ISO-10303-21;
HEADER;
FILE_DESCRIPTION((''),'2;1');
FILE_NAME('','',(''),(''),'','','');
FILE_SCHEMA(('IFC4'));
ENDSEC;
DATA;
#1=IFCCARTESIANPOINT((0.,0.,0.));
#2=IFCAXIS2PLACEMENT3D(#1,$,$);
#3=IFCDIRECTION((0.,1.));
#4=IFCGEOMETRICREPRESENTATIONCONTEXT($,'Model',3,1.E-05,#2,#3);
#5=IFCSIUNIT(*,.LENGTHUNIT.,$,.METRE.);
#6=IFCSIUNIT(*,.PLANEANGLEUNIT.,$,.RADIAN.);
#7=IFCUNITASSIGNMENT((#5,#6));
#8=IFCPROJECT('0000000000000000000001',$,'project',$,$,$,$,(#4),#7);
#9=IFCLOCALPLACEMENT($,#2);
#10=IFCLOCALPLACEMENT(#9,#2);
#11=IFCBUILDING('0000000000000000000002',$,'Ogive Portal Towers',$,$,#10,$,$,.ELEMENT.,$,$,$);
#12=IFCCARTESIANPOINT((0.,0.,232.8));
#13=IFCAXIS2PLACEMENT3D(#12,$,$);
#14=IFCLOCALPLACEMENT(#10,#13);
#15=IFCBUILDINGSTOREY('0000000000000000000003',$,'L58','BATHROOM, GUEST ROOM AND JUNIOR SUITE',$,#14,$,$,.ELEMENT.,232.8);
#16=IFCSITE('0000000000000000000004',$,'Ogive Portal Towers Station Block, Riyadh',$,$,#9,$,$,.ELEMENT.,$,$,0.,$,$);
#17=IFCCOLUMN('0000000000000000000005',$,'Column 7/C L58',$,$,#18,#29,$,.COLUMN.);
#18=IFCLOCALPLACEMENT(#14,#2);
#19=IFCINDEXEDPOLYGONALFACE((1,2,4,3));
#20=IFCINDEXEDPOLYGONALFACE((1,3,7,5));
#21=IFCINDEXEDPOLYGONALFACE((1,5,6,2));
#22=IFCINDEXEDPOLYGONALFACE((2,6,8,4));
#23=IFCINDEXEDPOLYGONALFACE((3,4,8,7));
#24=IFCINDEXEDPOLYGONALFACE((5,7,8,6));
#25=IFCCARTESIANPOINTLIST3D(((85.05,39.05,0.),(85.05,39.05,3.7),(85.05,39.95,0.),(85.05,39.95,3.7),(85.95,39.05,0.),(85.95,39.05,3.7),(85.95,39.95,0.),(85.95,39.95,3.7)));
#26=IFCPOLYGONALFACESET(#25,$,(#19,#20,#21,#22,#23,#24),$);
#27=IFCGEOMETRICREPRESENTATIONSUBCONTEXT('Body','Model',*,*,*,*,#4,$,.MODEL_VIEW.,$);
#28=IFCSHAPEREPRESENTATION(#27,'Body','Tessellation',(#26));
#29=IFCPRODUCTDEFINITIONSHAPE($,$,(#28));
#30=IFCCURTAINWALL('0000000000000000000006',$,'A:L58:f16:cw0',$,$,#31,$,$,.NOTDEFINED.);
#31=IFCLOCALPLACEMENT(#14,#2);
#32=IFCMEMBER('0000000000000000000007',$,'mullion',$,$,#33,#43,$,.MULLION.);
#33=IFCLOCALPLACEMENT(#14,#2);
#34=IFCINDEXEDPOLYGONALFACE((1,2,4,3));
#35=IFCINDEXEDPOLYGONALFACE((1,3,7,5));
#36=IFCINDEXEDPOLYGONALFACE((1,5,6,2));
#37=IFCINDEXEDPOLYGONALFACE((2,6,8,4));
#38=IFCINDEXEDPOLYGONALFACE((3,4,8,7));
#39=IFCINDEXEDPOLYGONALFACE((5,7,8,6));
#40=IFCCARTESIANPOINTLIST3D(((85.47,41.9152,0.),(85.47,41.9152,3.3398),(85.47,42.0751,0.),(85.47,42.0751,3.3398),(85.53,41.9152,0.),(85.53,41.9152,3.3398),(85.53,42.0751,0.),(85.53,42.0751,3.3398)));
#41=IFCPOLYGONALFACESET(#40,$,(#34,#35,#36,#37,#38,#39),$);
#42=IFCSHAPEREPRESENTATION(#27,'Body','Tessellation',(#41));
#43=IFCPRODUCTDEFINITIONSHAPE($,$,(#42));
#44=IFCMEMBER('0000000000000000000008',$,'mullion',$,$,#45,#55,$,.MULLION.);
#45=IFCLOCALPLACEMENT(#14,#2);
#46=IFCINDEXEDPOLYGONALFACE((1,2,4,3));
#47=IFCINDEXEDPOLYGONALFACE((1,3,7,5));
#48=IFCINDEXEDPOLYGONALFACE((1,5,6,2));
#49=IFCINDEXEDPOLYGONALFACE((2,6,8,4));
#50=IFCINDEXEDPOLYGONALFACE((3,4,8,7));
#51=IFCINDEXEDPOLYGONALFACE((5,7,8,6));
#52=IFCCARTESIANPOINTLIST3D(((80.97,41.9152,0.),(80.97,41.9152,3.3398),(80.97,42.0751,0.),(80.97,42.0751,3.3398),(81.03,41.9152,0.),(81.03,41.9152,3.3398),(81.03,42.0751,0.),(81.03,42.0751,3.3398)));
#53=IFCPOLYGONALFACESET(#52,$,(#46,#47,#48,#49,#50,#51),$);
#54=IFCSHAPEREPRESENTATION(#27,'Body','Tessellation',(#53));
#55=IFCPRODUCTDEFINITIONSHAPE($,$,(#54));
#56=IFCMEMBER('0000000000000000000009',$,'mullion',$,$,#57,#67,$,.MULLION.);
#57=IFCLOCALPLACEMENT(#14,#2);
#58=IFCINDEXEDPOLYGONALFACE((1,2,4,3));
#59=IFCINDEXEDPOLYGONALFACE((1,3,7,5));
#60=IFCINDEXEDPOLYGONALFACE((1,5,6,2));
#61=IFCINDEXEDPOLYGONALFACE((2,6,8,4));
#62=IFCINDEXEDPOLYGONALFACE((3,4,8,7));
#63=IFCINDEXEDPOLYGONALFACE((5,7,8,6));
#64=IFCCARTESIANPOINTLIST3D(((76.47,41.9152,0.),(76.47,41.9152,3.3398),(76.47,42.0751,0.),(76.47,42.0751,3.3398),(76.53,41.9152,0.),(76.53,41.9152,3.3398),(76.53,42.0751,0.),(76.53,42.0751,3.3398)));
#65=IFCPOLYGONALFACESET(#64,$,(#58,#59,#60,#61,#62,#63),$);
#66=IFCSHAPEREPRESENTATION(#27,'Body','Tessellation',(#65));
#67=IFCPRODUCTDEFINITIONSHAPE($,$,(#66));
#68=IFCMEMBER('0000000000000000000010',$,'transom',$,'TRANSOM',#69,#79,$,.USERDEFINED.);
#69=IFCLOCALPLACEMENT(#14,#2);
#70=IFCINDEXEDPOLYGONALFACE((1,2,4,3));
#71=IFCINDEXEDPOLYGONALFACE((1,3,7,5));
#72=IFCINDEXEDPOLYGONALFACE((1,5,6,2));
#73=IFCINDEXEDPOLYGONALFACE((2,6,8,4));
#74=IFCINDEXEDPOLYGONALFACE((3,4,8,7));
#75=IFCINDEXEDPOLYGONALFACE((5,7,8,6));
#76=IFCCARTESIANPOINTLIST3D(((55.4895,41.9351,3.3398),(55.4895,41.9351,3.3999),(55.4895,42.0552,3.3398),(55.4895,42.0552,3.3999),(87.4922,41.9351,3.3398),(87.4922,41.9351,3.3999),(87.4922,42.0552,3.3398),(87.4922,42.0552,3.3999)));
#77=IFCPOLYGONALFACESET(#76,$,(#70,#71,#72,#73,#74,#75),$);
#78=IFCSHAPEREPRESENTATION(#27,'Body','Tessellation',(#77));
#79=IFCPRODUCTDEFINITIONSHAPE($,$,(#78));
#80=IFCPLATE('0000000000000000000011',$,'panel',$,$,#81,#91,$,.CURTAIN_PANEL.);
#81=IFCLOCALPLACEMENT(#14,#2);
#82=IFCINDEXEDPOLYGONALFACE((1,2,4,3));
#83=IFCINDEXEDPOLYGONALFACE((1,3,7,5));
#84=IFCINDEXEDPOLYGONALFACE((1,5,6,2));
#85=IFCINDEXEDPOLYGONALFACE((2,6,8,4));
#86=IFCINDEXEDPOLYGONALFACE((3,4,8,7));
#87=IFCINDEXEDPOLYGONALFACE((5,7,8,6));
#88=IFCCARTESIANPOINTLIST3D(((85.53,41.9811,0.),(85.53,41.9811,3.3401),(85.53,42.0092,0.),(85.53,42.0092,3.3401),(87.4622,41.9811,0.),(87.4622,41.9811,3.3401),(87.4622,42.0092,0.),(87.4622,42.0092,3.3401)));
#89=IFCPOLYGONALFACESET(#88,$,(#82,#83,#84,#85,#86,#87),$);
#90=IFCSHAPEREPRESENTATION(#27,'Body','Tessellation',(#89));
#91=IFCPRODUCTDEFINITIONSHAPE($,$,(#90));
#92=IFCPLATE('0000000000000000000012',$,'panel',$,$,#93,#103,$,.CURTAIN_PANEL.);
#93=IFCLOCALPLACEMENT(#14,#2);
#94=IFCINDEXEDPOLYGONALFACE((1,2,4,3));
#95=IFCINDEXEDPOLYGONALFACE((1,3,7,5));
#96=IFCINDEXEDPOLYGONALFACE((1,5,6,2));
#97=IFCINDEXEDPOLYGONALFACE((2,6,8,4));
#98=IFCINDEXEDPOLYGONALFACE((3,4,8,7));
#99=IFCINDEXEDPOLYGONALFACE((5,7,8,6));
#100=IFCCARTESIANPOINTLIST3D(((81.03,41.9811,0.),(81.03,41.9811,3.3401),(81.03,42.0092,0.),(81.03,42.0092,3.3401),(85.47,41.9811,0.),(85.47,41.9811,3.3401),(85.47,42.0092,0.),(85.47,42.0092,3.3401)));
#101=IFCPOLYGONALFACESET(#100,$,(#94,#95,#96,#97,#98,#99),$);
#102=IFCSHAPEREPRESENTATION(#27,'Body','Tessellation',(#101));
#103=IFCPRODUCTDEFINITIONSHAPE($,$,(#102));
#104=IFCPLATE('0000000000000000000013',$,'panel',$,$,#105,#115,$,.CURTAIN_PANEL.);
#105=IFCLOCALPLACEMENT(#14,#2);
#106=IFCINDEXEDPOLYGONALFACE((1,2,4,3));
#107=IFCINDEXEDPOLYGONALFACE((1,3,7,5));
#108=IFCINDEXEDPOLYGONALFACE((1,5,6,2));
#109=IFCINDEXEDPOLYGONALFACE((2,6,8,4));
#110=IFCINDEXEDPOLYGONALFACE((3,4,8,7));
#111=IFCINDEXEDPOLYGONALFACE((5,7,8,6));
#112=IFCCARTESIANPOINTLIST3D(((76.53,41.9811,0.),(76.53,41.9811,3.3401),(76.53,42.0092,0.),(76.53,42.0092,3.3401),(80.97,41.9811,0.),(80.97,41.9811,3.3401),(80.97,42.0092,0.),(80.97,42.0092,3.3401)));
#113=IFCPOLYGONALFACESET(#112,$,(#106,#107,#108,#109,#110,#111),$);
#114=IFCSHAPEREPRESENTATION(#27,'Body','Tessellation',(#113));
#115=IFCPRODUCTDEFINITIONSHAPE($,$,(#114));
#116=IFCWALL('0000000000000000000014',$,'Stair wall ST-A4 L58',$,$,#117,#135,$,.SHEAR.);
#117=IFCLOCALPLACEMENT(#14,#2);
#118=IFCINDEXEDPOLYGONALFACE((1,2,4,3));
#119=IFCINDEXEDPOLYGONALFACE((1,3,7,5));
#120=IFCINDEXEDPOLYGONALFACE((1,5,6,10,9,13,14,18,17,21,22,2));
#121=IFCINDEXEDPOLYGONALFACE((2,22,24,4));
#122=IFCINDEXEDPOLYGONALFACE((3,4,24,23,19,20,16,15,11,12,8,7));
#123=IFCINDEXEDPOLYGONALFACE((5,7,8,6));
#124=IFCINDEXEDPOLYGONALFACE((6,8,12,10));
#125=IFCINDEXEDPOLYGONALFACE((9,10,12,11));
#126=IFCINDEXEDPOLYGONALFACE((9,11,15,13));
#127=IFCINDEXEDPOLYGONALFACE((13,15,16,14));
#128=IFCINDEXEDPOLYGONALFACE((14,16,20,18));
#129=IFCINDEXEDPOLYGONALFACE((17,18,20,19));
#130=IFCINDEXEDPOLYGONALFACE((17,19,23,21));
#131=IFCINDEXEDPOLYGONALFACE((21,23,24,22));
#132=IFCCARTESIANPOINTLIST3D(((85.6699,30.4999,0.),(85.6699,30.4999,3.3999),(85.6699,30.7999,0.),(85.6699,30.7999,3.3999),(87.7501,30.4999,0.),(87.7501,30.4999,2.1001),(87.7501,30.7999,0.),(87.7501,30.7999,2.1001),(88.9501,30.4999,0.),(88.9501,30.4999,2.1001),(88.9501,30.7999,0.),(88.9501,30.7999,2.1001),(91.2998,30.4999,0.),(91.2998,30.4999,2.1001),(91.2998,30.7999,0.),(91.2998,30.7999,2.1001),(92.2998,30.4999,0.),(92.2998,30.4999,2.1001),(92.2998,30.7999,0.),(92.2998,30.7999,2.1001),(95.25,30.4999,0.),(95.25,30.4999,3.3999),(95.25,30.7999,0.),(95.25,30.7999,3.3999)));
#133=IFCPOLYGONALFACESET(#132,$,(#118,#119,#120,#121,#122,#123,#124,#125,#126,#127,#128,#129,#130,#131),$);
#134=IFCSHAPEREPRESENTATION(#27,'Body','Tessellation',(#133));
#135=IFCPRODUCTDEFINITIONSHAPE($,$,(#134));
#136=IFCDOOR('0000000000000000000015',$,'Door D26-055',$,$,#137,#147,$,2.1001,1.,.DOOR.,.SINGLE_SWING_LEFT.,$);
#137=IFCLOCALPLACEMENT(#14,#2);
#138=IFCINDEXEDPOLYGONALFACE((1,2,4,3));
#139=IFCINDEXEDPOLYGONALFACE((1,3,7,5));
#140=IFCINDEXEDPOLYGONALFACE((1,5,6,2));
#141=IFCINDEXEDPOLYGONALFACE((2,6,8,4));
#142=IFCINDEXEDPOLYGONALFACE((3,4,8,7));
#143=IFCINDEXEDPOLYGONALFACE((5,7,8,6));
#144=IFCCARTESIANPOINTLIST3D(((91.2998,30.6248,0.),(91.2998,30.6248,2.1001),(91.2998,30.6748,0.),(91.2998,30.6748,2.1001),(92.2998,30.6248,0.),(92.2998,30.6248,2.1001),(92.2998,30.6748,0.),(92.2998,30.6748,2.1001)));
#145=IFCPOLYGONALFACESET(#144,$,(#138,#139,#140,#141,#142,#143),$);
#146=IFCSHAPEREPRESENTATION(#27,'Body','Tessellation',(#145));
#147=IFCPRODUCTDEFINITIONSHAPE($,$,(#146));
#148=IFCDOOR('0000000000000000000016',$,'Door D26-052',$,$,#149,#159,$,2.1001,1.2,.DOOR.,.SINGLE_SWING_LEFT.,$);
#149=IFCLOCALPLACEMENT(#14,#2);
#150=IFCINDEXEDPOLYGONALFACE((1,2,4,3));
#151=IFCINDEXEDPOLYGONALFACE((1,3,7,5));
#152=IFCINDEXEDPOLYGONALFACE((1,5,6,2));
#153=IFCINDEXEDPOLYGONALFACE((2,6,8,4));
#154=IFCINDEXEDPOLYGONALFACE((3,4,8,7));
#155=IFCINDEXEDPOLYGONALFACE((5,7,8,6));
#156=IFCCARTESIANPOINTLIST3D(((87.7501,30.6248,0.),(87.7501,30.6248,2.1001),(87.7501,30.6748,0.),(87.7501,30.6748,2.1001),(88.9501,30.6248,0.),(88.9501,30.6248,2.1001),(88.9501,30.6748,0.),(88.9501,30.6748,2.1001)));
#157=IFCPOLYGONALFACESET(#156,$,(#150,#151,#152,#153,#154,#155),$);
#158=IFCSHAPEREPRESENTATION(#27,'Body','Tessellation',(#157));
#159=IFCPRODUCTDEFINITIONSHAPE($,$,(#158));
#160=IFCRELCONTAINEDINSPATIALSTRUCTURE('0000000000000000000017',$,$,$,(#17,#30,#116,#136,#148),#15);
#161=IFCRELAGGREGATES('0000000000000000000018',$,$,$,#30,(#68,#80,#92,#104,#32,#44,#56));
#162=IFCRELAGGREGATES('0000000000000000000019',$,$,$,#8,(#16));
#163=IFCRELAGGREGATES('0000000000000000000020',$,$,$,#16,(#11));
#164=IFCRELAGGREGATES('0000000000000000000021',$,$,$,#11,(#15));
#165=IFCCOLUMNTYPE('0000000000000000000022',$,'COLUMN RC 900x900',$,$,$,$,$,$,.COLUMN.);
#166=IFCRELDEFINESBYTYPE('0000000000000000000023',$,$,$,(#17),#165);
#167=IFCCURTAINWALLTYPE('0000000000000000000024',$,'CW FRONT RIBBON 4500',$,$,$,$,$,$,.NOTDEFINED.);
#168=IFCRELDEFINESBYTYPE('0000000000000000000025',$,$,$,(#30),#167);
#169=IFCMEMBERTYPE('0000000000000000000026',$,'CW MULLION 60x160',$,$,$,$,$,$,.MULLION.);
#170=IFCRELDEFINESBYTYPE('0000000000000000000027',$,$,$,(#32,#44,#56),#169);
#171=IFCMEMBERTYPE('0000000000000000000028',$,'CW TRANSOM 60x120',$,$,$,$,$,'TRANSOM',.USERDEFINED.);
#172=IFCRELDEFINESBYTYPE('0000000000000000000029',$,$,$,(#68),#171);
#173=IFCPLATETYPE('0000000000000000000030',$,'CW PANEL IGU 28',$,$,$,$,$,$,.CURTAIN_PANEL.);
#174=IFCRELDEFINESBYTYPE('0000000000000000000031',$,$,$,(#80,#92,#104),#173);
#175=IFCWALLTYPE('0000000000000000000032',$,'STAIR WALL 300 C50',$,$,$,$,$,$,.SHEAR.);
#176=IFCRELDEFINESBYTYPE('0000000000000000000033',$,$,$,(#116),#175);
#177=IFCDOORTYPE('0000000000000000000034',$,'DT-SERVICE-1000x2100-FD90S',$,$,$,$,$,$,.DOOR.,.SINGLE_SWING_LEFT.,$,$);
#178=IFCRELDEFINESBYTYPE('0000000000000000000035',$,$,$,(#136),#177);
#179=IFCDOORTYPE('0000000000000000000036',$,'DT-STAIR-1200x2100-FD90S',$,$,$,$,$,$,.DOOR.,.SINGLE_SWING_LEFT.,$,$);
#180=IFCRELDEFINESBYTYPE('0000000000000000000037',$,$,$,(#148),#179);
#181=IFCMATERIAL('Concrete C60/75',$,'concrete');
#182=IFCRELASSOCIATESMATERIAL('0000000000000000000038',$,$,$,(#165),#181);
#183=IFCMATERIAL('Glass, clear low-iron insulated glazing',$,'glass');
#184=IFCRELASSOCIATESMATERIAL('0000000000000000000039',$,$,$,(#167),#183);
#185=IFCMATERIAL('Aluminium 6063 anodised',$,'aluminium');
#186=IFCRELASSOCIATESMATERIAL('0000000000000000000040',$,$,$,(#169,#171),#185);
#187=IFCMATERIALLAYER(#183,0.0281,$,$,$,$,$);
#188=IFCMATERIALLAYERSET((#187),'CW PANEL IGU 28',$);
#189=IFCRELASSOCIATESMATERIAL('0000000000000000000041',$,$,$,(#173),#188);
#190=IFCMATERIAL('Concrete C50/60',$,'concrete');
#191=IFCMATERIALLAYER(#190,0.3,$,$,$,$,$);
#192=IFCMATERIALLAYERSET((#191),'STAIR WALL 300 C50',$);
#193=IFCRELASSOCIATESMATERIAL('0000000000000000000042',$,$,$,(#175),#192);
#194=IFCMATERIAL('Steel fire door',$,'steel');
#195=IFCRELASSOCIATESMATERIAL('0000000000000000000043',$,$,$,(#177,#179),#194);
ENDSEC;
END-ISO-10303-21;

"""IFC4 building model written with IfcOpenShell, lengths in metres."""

from ifc_helpers import new_model, si_unit, direction, frame, frame_2d, origin, origin_2d, place, context, subcontext, project, spatial, rectangle, extrude, material, layer, layer_set, material_profile, profile_set, type_object, element, fill, aggregate, save


model = new_model("IFC4")

# Units and contexts
model_context = context("Model", 3, precision=1e-05, world=origin(), true_north=direction((0.0, 1.0)))
body_context = subcontext(model_context, "Body", "Model", "MODEL_VIEW")
ifc_project = project(units=[si_unit("LENGTHUNIT", "METRE"), si_unit("PLANEANGLEUNIT", "RADIAN")], contexts=[model_context])

# Site, building, storey
site_placement = place(None, origin())
site = spatial("IfcSite", under=ifc_project, at=site_placement, Name="Ogive Portal Towers Station Block, Riyadh", CompositionType="ELEMENT", RefElevation=0.0)
building_placement = place(site_placement, origin())
building = spatial("IfcBuilding", under=site, at=building_placement, Name="Ogive Portal Towers", CompositionType="ELEMENT")
storey_placement = place(building_placement, frame((0.0, 0.0, 232.8)))
storey = spatial("IfcBuildingStorey", under=building, at=storey_placement, Name="L58", Description="BATHROOM, GUEST ROOM AND JUNIOR SUITE", CompositionType="ELEMENT", Elevation=232.8)

# Column
ifc_material_1 = material(Name="Concrete C60/75", Category="concrete")
ifc_material_profile_1 = material_profile(ifc_material_1, rectangle(XDim=0.8999, YDim=0.8999, at=origin_2d()), Name="RC 900x900")
ifc_profile_set_1 = profile_set([ifc_material_profile_1], Name="Concrete C60/75")
column_type = type_object("IfcColumnType", Name="COLUMN RC 900x900", PredefinedType="COLUMN", material=ifc_profile_set_1)
column_placement = place(storey_placement, frame((85.5, 39.5, 0.0), z_axis=(0.0, 0.0, 1.0), x_axis=(1.0, 0.0, 0.0)))
element("IfcColumn", 1, at=column_placement, inside=storey, type_object=column_type, Name="Column 7/C L58", PredefinedType="COLUMN", context=body_context, shape_type="SweptSolid", body=[
    extrude(rectangle(XDim=0.8999, YDim=0.8999, at=origin_2d()), origin(), (0.0, 0.0, 1.0), 3.7),
])

# Curtain wall, members, plates
ifc_material_2 = material(Name="Glass, clear low-iron insulated glazing", Category="glass")
curtain_wall_type = type_object("IfcCurtainWallType", Name="CW FRONT RIBBON 4500", PredefinedType="NOTDEFINED", material=ifc_material_2)
curtain_wall_placement = place(storey_placement, origin())
curtain_wall = element("IfcCurtainWall", 2, at=curtain_wall_placement, inside=storey, type_object=curtain_wall_type, Name="A:L58:f16:cw0", PredefinedType="NOTDEFINED")
ifc_material_3 = material(Name="Aluminium 6063 anodised", Category="aluminium")
ifc_material_profile_2 = material_profile(ifc_material_3, rectangle(XDim=0.1599, YDim=0.0601, at=origin_2d()), Name="AL 60x160")
ifc_profile_set_2 = profile_set([ifc_material_profile_2], Name="Aluminium 6063 anodised")
member_type_1 = type_object("IfcMemberType", Name="CW MULLION 60x160", PredefinedType="MULLION", material=ifc_profile_set_2)
member_1_placement = place(storey_placement, frame((85.5, 41.9951, 0.0), z_axis=(0.0, 0.0, 1.0), x_axis=(0.0, -1.0, 0.0)))
member_1 = element("IfcMember", 3, at=member_1_placement, type_object=member_type_1, Name="mullion", PredefinedType="MULLION", context=body_context, shape_type="SweptSolid", body=[
    extrude(rectangle(XDim=0.1599, YDim=0.0601, at=origin_2d()), origin(), (0.0, 0.0, 1.0), 3.3398),
])
member_2_placement = place(storey_placement, frame((81.0, 41.9951, 0.0), z_axis=(0.0, 0.0, 1.0), x_axis=(0.0, -1.0, 0.0)))
member_2 = element("IfcMember", 4, at=member_2_placement, type_object=member_type_1, Name="mullion", PredefinedType="MULLION", context=body_context, shape_type="SweptSolid", body=[
    extrude(rectangle(XDim=0.1599, YDim=0.0601, at=origin_2d()), origin(), (0.0, 0.0, 1.0), 3.3398),
])
member_3_placement = place(storey_placement, frame((76.5, 41.9951, 0.0), z_axis=(0.0, 0.0, 1.0), x_axis=(0.0, -1.0, 0.0)))
member_3 = element("IfcMember", 5, at=member_3_placement, type_object=member_type_1, Name="mullion", PredefinedType="MULLION", context=body_context, shape_type="SweptSolid", body=[
    extrude(rectangle(XDim=0.1599, YDim=0.0601, at=origin_2d()), origin(), (0.0, 0.0, 1.0), 3.3398),
])
ifc_material_profile_3 = material_profile(ifc_material_3, rectangle(XDim=0.1201, YDim=0.0601, at=origin_2d()), Name="AL 120x60")
ifc_profile_set_3 = profile_set([ifc_material_profile_3], Name="Aluminium 6063 anodised")
member_type_2 = type_object("IfcMemberType", Name="CW TRANSOM 60x120", ElementType="TRANSOM", PredefinedType="USERDEFINED", material=ifc_profile_set_3)
member_4_placement = place(storey_placement, frame((87.4922, 41.9951, 3.3699), z_axis=(-1.0, 0.0, 0.0), x_axis=(0.0, -1.0, 0.0)))
member_4 = element("IfcMember", 6, at=member_4_placement, type_object=member_type_2, Name="transom", ObjectType="TRANSOM", PredefinedType="USERDEFINED", context=body_context, shape_type="SweptSolid", body=[
    extrude(rectangle(XDim=0.1201, YDim=0.0601, at=origin_2d()), origin(), (0.0, 0.0, 1.0), 32.0027),
])
ifc_layer_1 = layer(ifc_material_2, 0.0281)
ifc_layer_set_1 = layer_set([ifc_layer_1], Name="CW PANEL IGU 28")
plate_type = type_object("IfcPlateType", Name="CW PANEL IGU 28", PredefinedType="CURTAIN_PANEL", material=ifc_layer_set_1)
plate_1_placement = place(storey_placement, frame((86.4961, 41.9951, 0.0), z_axis=(0.0, 0.0, 1.0), x_axis=(-1.0, 0.0, 0.0)))
plate_1 = element("IfcPlate", 7, at=plate_1_placement, type_object=plate_type, Name="panel", PredefinedType="CURTAIN_PANEL", context=body_context, shape_type="SweptSolid", body=[
    extrude(rectangle(XDim=1.9321, YDim=0.0281, at=origin_2d()), origin(), (0.0, 0.0, 1.0), 3.3401),
])
plate_2_placement = place(storey_placement, frame((83.25, 41.9951, 0.0), z_axis=(0.0, 0.0, 1.0), x_axis=(-1.0, 0.0, 0.0)))
plate_2 = element("IfcPlate", 8, at=plate_2_placement, type_object=plate_type, Name="panel", PredefinedType="CURTAIN_PANEL", context=body_context, shape_type="SweptSolid", body=[
    extrude(rectangle(XDim=4.4399, YDim=0.0281, at=origin_2d()), origin(), (0.0, 0.0, 1.0), 3.3401),
])
plate_3_placement = place(storey_placement, frame((78.75, 41.9951, 0.0), z_axis=(0.0, 0.0, 1.0), x_axis=(-1.0, 0.0, 0.0)))
plate_3 = element("IfcPlate", 9, at=plate_3_placement, type_object=plate_type, Name="panel", PredefinedType="CURTAIN_PANEL", context=body_context, shape_type="SweptSolid", body=[
    extrude(rectangle(XDim=4.4399, YDim=0.0281, at=origin_2d()), origin(), (0.0, 0.0, 1.0), 3.3401),
])
aggregate(curtain_wall, [member_4, plate_1, plate_2, plate_3, member_1, member_2, member_3])

# Wall, openings, doors
ifc_material_4 = material(Name="Concrete C50/60", Category="concrete")
ifc_layer_2 = layer(ifc_material_4, 0.3)
ifc_layer_set_2 = layer_set([ifc_layer_2], Name="STAIR WALL 300 C50")
wall_type_1 = type_object("IfcWallType", Name="STAIR WALL 300 C50", PredefinedType="SHEAR", material=ifc_layer_set_2)
wall_1_placement = place(storey_placement, frame((85.6699, 30.6499, 0.0), z_axis=(0.0, 0.0, 1.0), x_axis=(1.0, 0.0, 0.0)))
wall_1 = element("IfcWall", 10, at=wall_1_placement, inside=storey, type_object=wall_type_1, Name="Stair wall ST-A4 L58", PredefinedType="SHEAR", context=body_context, shape_type="SweptSolid", body=[
    extrude(rectangle(XDim=9.5801, YDim=0.3, at=frame_2d((4.79, 0.0))), origin(), (0.0, 0.0, 1.0), 3.3999),
])
opening_1_placement = place(wall_1_placement, frame((2.0801, 0.0, 0.0)))
opening_1 = element("IfcOpeningElement", 11, at=opening_1_placement, cuts=wall_1, PredefinedType="OPENING", context=body_context, shape_type="SweptSolid", body=[
    extrude(rectangle(XDim=1.2, YDim=2.1001, at=frame_2d((0.6001, 1.05))), frame((0.0, 0.1602, 0.0), z_axis=(0.0, -1.0, 0.0), x_axis=(1.0, 0.0, 0.0)), (0.0, 0.0, 1.0), 0.3201),
])
opening_2_placement = place(wall_1_placement, frame((5.6299, 0.0, 0.0)))
opening_2 = element("IfcOpeningElement", 12, at=opening_2_placement, cuts=wall_1, PredefinedType="OPENING", context=body_context, shape_type="SweptSolid", body=[
    extrude(rectangle(XDim=1.0, YDim=2.1001, at=frame_2d((0.5, 1.05))), frame((0.0, 0.1602, 0.0), z_axis=(0.0, -1.0, 0.0), x_axis=(1.0, 0.0, 0.0)), (0.0, 0.0, 1.0), 0.3201),
])
ifc_material_5 = material(Name="Steel fire door", Category="steel")
door_type_1 = type_object("IfcDoorType", Name="DT-SERVICE-1000x2100-FD90S", OperationType="SINGLE_SWING_LEFT", PredefinedType="DOOR", material=ifc_material_5)
door_1_placement = place(opening_2_placement, origin())
door_1 = element("IfcDoor", 13, at=door_1_placement, inside=storey, type_object=door_type_1, Name="Door D26-055", OperationType="SINGLE_SWING_LEFT", OverallHeight=2.1001, OverallWidth=1.0, PredefinedType="DOOR", context=body_context, shape_type="SweptSolid", body=[
    extrude(rectangle(XDim=1.0, YDim=2.1001, at=frame_2d((0.5, 1.05))), frame((0.0, 0.0249, 0.0), z_axis=(0.0, -1.0, 0.0), x_axis=(1.0, 0.0, 0.0)), (0.0, 0.0, 1.0), 0.05),
])
fill(opening_2, door_1)
door_type_2 = type_object("IfcDoorType", Name="DT-STAIR-1200x2100-FD90S", OperationType="SINGLE_SWING_LEFT", PredefinedType="DOOR", material=ifc_material_5)
door_2_placement = place(opening_1_placement, origin())
door_2 = element("IfcDoor", 14, at=door_2_placement, inside=storey, type_object=door_type_2, Name="Door D26-052", OperationType="SINGLE_SWING_LEFT", OverallHeight=2.1001, OverallWidth=1.2, PredefinedType="DOOR", context=body_context, shape_type="SweptSolid", body=[
    extrude(rectangle(XDim=1.2, YDim=2.1001, at=frame_2d((0.6001, 1.05))), frame((0.0, 0.0249, 0.0), z_axis=(0.0, -1.0, 0.0), x_axis=(1.0, 0.0, 0.0)), (0.0, 0.0, 1.0), 0.05),
])
fill(opening_1, door_2)

save(model, "model.ifc")
